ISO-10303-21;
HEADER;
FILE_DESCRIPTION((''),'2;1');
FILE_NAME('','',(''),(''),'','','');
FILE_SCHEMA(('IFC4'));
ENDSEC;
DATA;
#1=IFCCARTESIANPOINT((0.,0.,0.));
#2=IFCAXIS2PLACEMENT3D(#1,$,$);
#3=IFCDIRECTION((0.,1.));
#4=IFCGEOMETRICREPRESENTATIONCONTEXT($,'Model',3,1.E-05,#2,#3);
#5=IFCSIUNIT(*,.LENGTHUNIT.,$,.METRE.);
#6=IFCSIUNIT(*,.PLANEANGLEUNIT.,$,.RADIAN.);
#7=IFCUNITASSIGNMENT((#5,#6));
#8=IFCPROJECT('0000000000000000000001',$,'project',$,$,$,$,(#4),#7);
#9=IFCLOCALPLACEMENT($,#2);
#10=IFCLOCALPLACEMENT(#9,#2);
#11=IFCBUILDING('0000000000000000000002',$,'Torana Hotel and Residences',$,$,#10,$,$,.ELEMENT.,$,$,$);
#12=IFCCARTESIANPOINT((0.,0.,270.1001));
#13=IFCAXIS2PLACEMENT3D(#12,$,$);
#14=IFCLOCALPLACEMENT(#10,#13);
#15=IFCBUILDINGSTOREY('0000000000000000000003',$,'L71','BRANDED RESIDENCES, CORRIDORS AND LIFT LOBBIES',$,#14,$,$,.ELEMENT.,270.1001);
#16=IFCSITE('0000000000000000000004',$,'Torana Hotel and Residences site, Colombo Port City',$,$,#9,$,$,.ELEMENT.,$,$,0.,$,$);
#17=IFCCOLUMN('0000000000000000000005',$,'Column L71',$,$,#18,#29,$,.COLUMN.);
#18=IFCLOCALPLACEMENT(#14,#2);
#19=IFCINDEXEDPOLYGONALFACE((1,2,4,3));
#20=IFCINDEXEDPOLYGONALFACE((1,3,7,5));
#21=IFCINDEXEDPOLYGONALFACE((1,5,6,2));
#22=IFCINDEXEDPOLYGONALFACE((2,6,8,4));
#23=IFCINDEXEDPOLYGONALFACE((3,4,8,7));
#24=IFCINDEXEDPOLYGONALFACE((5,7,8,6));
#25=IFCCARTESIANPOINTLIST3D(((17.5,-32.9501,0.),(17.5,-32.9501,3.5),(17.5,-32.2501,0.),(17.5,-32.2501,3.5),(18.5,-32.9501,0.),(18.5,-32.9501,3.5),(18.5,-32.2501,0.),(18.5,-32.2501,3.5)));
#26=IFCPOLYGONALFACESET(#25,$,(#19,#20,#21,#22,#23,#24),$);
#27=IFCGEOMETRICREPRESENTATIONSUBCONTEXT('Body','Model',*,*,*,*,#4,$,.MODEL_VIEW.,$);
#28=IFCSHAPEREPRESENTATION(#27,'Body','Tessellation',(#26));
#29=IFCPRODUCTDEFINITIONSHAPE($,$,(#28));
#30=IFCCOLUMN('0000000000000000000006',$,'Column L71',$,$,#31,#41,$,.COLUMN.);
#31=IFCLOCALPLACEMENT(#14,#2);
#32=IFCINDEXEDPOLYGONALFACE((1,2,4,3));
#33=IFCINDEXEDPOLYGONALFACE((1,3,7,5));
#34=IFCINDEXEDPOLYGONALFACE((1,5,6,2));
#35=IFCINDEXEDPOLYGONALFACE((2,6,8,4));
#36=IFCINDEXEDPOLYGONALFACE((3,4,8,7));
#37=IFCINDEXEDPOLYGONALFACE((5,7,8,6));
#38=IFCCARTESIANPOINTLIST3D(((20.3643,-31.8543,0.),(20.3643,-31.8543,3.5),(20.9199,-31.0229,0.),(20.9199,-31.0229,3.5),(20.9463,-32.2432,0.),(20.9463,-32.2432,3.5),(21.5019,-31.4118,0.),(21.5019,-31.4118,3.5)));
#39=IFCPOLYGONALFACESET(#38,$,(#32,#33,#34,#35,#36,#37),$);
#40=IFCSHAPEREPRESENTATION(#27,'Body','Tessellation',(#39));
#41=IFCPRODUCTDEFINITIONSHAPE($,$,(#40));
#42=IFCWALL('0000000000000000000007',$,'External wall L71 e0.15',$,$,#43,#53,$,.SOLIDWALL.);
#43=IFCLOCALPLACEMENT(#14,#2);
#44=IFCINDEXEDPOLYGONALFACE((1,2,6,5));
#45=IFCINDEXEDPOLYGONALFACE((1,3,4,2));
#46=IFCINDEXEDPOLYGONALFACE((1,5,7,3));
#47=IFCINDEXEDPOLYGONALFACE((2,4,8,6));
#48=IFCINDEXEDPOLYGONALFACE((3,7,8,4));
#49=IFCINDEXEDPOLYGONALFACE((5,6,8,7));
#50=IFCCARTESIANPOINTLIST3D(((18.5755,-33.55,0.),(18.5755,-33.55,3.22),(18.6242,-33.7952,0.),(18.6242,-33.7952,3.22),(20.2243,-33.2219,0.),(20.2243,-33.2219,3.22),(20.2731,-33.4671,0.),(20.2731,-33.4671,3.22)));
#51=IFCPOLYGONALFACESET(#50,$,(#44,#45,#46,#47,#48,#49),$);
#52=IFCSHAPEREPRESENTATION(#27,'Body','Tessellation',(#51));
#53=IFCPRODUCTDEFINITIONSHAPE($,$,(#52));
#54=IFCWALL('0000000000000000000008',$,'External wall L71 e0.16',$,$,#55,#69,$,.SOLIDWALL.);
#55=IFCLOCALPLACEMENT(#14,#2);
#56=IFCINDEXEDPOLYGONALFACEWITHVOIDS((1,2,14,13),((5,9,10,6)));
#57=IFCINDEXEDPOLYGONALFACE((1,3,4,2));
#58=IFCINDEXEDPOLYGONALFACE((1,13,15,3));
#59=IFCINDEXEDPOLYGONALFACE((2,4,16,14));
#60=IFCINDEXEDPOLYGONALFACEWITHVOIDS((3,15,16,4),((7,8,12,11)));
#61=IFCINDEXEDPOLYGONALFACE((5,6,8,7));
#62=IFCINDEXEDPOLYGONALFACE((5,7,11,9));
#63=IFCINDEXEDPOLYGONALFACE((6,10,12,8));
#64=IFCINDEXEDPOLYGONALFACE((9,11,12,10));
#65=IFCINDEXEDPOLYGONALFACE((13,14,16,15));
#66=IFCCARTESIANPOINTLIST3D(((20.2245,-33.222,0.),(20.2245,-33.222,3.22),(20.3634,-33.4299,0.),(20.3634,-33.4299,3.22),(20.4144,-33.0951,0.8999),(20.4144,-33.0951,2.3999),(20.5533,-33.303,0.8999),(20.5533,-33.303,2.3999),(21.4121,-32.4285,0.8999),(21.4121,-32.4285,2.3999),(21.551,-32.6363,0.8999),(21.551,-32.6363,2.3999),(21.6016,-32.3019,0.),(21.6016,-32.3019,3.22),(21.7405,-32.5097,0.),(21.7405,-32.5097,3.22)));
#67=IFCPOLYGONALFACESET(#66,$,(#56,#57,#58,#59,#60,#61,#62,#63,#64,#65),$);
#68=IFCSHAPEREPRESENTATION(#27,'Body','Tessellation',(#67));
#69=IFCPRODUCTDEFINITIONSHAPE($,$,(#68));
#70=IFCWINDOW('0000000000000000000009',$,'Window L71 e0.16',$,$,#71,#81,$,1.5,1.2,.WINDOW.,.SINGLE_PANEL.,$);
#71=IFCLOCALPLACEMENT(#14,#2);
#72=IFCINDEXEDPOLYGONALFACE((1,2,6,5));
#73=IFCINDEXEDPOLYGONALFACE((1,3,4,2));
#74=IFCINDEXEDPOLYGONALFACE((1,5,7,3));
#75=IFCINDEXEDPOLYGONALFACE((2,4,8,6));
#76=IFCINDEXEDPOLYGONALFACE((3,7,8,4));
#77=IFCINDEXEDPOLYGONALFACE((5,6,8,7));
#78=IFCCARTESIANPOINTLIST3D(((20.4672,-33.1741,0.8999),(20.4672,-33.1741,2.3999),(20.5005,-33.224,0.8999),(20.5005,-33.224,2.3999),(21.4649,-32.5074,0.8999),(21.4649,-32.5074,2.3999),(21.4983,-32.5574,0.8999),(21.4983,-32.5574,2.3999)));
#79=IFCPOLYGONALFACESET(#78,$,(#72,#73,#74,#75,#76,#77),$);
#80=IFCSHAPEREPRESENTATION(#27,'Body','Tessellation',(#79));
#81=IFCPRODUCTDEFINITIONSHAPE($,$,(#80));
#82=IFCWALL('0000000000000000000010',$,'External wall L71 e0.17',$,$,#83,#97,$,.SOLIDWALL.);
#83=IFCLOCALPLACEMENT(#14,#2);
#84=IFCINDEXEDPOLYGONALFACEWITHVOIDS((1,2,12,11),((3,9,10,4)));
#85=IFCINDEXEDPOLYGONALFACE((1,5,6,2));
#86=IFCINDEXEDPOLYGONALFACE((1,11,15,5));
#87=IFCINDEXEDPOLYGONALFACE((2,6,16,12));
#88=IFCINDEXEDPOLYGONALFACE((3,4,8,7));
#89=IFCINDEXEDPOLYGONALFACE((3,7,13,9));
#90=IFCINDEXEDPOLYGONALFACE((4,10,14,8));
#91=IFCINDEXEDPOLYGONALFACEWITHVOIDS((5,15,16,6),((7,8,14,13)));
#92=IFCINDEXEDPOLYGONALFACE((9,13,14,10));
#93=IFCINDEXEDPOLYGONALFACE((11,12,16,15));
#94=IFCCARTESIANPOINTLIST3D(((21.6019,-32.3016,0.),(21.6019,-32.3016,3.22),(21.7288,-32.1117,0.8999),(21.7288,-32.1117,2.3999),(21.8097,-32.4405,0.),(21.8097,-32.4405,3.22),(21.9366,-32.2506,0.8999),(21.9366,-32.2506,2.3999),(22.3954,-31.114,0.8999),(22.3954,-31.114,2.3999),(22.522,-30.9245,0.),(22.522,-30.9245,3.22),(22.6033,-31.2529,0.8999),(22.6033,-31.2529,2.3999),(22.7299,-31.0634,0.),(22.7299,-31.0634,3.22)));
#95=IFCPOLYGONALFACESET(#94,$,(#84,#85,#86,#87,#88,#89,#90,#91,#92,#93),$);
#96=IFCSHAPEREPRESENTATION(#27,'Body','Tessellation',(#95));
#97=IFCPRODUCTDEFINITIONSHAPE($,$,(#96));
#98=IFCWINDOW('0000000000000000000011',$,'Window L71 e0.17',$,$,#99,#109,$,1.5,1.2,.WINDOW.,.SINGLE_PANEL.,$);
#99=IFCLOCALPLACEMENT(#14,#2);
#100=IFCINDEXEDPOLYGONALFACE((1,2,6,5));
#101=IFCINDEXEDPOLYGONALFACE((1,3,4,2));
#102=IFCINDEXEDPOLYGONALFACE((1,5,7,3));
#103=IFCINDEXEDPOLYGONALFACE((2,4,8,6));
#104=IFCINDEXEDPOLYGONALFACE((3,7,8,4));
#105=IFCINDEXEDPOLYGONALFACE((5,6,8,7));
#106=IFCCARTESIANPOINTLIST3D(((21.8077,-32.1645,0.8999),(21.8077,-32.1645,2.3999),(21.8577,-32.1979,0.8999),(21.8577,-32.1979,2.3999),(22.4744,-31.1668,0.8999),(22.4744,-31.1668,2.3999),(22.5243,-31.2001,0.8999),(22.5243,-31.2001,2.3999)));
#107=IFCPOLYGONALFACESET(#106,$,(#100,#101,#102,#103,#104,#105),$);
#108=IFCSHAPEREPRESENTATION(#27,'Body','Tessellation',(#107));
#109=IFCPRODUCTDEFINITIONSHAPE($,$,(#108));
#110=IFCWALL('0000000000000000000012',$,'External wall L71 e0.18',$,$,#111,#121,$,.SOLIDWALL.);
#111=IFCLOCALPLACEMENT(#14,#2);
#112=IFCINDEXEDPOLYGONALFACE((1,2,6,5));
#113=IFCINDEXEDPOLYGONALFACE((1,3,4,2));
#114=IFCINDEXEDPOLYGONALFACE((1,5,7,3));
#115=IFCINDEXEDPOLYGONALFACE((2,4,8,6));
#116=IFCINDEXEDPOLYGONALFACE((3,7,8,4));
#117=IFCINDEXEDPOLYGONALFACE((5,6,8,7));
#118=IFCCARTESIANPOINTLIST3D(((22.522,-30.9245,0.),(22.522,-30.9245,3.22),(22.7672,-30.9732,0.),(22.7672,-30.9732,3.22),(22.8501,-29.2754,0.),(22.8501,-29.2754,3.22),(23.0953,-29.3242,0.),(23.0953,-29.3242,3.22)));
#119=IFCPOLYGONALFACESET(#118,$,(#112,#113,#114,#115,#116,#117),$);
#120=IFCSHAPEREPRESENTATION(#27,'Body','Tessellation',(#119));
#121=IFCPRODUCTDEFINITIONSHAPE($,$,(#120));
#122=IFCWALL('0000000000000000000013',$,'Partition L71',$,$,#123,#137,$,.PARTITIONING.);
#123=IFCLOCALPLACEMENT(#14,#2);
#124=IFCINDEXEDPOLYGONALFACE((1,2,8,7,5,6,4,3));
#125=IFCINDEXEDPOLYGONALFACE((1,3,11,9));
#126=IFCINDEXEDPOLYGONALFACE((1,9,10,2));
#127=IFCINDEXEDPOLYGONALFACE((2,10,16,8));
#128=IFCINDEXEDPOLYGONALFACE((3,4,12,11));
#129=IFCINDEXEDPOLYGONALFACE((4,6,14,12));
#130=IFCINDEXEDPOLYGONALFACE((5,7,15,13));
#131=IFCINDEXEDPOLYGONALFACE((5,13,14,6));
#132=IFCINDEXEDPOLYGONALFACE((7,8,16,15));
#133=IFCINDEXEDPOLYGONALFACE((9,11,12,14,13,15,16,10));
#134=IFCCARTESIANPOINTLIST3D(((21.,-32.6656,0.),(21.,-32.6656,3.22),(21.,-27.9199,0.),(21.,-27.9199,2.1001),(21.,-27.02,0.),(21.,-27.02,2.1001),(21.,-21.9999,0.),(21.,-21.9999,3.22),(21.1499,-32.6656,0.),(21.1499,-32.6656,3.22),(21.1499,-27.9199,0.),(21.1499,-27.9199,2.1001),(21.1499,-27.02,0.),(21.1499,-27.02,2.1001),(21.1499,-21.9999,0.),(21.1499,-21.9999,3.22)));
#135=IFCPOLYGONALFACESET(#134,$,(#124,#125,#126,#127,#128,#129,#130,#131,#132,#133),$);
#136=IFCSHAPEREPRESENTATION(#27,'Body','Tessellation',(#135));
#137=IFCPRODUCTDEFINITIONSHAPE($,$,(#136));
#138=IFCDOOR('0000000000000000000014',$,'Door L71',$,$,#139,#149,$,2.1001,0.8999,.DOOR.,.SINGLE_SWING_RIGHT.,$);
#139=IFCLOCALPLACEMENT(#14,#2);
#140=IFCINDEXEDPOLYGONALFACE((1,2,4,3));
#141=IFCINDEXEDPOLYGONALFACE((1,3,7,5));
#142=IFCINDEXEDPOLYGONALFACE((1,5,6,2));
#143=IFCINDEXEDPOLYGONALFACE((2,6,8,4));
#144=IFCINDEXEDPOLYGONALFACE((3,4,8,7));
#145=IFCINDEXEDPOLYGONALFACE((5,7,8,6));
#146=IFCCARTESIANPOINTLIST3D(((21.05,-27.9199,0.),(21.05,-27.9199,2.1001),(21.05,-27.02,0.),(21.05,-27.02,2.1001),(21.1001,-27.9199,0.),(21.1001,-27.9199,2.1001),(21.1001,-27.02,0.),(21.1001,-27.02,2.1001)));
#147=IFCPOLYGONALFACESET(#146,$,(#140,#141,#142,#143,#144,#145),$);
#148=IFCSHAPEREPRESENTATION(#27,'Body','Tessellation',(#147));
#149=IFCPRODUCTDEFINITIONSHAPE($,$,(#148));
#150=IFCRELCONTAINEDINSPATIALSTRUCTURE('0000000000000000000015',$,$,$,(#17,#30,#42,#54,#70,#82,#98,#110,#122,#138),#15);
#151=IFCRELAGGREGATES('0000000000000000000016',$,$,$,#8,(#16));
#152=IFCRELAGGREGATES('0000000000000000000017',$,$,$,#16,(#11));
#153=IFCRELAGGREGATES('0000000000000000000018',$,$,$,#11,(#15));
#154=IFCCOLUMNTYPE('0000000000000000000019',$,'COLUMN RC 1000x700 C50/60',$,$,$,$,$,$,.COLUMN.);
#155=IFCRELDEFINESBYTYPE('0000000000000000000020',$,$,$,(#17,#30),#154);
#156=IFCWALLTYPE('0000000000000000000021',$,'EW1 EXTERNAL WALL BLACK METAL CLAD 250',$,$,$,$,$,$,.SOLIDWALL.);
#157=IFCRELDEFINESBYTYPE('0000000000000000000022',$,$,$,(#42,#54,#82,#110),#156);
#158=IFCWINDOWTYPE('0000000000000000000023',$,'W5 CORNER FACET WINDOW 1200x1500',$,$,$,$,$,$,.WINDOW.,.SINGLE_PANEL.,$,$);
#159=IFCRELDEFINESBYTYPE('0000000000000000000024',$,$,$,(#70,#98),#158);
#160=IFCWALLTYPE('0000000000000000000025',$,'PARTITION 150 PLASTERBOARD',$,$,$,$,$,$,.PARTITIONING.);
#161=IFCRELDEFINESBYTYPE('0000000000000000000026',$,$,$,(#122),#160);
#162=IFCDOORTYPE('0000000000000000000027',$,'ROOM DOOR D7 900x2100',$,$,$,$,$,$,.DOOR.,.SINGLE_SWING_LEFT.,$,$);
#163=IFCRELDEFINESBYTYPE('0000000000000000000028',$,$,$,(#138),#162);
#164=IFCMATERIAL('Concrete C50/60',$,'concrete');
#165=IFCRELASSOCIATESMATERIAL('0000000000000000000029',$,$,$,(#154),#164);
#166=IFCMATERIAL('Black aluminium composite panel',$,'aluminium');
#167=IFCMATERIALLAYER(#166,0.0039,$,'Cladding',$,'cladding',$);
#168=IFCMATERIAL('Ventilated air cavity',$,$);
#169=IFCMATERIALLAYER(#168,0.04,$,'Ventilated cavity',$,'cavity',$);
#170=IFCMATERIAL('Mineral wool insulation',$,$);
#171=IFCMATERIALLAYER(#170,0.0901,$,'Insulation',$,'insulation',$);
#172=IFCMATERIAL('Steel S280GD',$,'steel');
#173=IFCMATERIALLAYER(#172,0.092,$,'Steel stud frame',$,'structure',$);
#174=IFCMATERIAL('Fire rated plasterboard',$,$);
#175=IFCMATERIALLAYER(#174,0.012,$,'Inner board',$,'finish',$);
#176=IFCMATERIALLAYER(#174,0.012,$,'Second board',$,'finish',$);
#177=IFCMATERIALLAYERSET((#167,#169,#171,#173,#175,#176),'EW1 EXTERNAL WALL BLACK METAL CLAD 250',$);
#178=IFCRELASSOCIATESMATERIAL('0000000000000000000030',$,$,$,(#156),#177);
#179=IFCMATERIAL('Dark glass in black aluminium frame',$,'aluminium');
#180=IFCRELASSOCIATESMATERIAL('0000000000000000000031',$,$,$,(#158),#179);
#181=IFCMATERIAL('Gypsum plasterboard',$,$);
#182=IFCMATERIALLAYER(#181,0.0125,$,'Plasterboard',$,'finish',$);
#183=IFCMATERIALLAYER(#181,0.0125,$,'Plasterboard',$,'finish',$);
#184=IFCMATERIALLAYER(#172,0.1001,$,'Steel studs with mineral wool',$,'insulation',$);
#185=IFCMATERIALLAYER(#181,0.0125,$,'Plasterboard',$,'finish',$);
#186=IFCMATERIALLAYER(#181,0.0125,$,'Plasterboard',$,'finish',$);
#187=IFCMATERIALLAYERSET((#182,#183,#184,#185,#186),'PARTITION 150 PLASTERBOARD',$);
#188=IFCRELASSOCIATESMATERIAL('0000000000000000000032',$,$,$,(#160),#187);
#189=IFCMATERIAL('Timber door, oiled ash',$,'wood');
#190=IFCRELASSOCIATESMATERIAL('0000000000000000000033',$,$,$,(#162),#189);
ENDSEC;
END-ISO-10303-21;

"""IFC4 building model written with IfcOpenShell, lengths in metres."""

from ifc_helpers import new_model, si_unit, direction, frame, frame_2d, origin, origin_2d, place, context, subcontext, project, spatial, rectangle, extrude, material, layer, layer_set, material_profile, profile_set, type_object, element, fill, save


model = new_model("IFC4")

# Units and contexts
model_context = context("Model", 3, precision=1e-05, world=origin(), true_north=direction((0.0, 1.0)))
body_context = subcontext(model_context, "Body", "Model", "MODEL_VIEW")
ifc_project = project(units=[si_unit("LENGTHUNIT", "METRE"), si_unit("PLANEANGLEUNIT", "RADIAN")], contexts=[model_context])

# Site, building, storey
site_placement = place(None, origin())
site = spatial("IfcSite", under=ifc_project, at=site_placement, Name="Torana Hotel and Residences site, Colombo Port City", CompositionType="ELEMENT", RefElevation=0.0)
building_placement = place(site_placement, origin())
building = spatial("IfcBuilding", under=site, at=building_placement, Name="Torana Hotel and Residences", CompositionType="ELEMENT")
storey_placement = place(building_placement, frame((0.0, 0.0, 270.1001)))
storey = spatial("IfcBuildingStorey", under=building, at=storey_placement, Name="L71", Description="BRANDED RESIDENCES, CORRIDORS AND LIFT LOBBIES", CompositionType="ELEMENT", Elevation=270.1001)

# Columns
ifc_material_1 = material(Name="Concrete C50/60", Category="concrete")
ifc_material_profile = material_profile(ifc_material_1, rectangle(XDim=1.0, YDim=0.7, at=origin_2d()), Name="RC 1000x700")
ifc_profile_set = profile_set([ifc_material_profile], Name="Concrete C50/60")
column_type = type_object("IfcColumnType", Name="COLUMN RC 1000x700 C50/60", PredefinedType="COLUMN", material=ifc_profile_set)
for number, where, z_axis, x_axis, name in (
    (1, (18.0, -32.6001, 0.0), (0.0, 0.0, 1.0), (1.0, 0.0, 0.0), "Column L71"),
    (2, (20.9331, -31.6331, 0.0), (0.0, 0.0, 1.0), (0.555585, 0.83146, 0.0), "Column L71"),
):
    element("IfcColumn", number, at=place(storey_placement, frame(where, z_axis=z_axis, x_axis=x_axis)), inside=storey, type_object=column_type, Name=name, PredefinedType="COLUMN", context=body_context, shape_type="SweptSolid", body=[
        extrude(rectangle(XDim=1.0, YDim=0.7, at=origin_2d()), origin(), (0.0, 0.0, 1.0), 3.5),
    ])

# Wall
ifc_material_2 = material(Name="Black aluminium composite panel", Category="aluminium")
ifc_layer_1 = layer(ifc_material_2, 0.0039, Name="Cladding", Category="cladding")
ifc_material_3 = material(Name="Ventilated air cavity")
ifc_layer_2 = layer(ifc_material_3, 0.04, Name="Ventilated cavity", Category="cavity")
ifc_material_4 = material(Name="Mineral wool insulation")
ifc_layer_3 = layer(ifc_material_4, 0.0901, Name="Insulation", Category="insulation")
ifc_material_5 = material(Name="Steel S280GD", Category="steel")
ifc_layer_4 = layer(ifc_material_5, 0.092, Name="Steel stud frame", Category="structure")
ifc_material_6 = material(Name="Fire rated plasterboard")
ifc_layer_5 = layer(ifc_material_6, 0.012, Name="Inner board", Category="finish")
ifc_layer_6 = layer(ifc_material_6, 0.012, Name="Second board", Category="finish")
ifc_layer_set_1 = layer_set([ifc_layer_1, ifc_layer_2, ifc_layer_3, ifc_layer_4, ifc_layer_5, ifc_layer_6], Name="EW1 EXTERNAL WALL BLACK METAL CLAD 250")
wall_type_1 = type_object("IfcWallType", Name="EW1 EXTERNAL WALL BLACK METAL CLAD 250", PredefinedType="SOLIDWALL", material=ifc_layer_set_1)
wall_1_placement = place(storey_placement, frame((18.5999, -33.6726, 0.0), z_axis=(0.0, 0.0, 1.0), x_axis=(0.98077, 0.195167, 0.0)))
element("IfcWall", 3, at=wall_1_placement, inside=storey, type_object=wall_type_1, Name="External wall L71 e0.15", PredefinedType="SOLIDWALL", context=body_context, shape_type="SweptSolid", body=[
    extrude(rectangle(XDim=1.6812, YDim=0.25, at=frame_2d((0.8406, 0.0))), origin(), (0.0, 0.0, 1.0), 3.22),
])

# Walls, openings, windows
wall_2_placement = place(storey_placement, frame((20.2939, -33.3259, 0.0), z_axis=(0.0, 0.0, 1.0), x_axis=(0.831483, 0.55555, 0.0)))
wall_2 = element("IfcWall", 4, at=wall_2_placement, inside=storey, type_object=wall_type_1, Name="External wall L71 e0.16", PredefinedType="SOLIDWALL", context=body_context, shape_type="SweptSolid", body=[
    extrude(rectangle(XDim=1.6562, YDim=0.25, at=frame_2d((0.8281, 0.0))), origin(), (0.0, 0.0, 1.0), 3.22),
])
opening_1_placement = place(wall_2_placement, frame((0.2283, 0.0, 0.8999)))
opening_1 = element("IfcOpeningElement", 5, at=opening_1_placement, cuts=wall_2, PredefinedType="OPENING", context=body_context, shape_type="SweptSolid", body=[
    extrude(rectangle(XDim=1.2, YDim=1.5, at=frame_2d((0.6001, 0.75))), frame((0.0, 0.135, 0.0), z_axis=(0.0, -1.0, 0.0), x_axis=(1.0, 0.0, 0.0)), (0.0, 0.0, 1.0), 0.27),
])
ifc_material_7 = material(Name="Dark glass in black aluminium frame", Category="aluminium")
window_type_1 = type_object("IfcWindowType", Name="W5 CORNER FACET WINDOW 1200x1500", PartitioningType="SINGLE_PANEL", PredefinedType="WINDOW", material=ifc_material_7)
window_1_placement = place(opening_1_placement, origin())
window_1 = element("IfcWindow", 6, at=window_1_placement, inside=storey, type_object=window_type_1, Name="Window L71 e0.16", OverallHeight=1.5, OverallWidth=1.2, PartitioningType="SINGLE_PANEL", PredefinedType="WINDOW", context=body_context, shape_type="SweptSolid", body=[
    extrude(rectangle(XDim=1.2, YDim=1.5, at=frame_2d((0.6001, 0.75))), frame((0.0, 0.03, 0.0), z_axis=(0.0, -1.0, 0.0), x_axis=(1.0, 0.0, 0.0)), (0.0, 0.0, 1.0), 0.0601),
])
fill(opening_1, window_1)
wall_3_placement = place(storey_placement, frame((21.7058, -32.3711, 0.0), z_axis=(0.0, 0.0, 1.0), x_axis=(0.55555, 0.831483, 0.0)))
wall_3 = element("IfcWall", 7, at=wall_3_placement, inside=storey, type_object=wall_type_1, Name="External wall L71 e0.17", PredefinedType="SOLIDWALL", context=body_context, shape_type="SweptSolid", body=[
    extrude(rectangle(XDim=1.6562, YDim=0.25, at=frame_2d((0.8281, 0.0))), origin(), (0.0, 0.0, 1.0), 3.22),
])
opening_2_placement = place(wall_3_placement, frame((0.2283, 0.0, 0.8999)))
opening_2 = element("IfcOpeningElement", 8, at=opening_2_placement, cuts=wall_3, PredefinedType="OPENING", context=body_context, shape_type="SweptSolid", body=[
    extrude(rectangle(XDim=1.2, YDim=1.5, at=frame_2d((0.6001, 0.75))), frame((0.0, 0.135, 0.0), z_axis=(0.0, -1.0, 0.0), x_axis=(1.0, 0.0, 0.0)), (0.0, 0.0, 1.0), 0.27),
])
window_2_placement = place(opening_2_placement, origin())
window_2 = element("IfcWindow", 9, at=window_2_placement, inside=storey, type_object=window_type_1, Name="Window L71 e0.17", OverallHeight=1.5, OverallWidth=1.2, PartitioningType="SINGLE_PANEL", PredefinedType="WINDOW", context=body_context, shape_type="SweptSolid", body=[
    extrude(rectangle(XDim=1.2, YDim=1.5, at=frame_2d((0.6001, 0.75))), frame((0.0, 0.03, 0.0), z_axis=(0.0, -1.0, 0.0), x_axis=(1.0, 0.0, 0.0)), (0.0, 0.0, 1.0), 0.0601),
])
fill(opening_2, window_2)

# Wall
wall_4_placement = place(storey_placement, frame((22.6445, -30.949, 0.0), z_axis=(0.0, 0.0, 1.0), x_axis=(0.195139, 0.980776, 0.0)))
element("IfcWall", 10, at=wall_4_placement, inside=storey, type_object=wall_type_1, Name="External wall L71 e0.18", PredefinedType="SOLIDWALL", context=body_context, shape_type="SweptSolid", body=[
    extrude(rectangle(XDim=1.6814, YDim=0.25, at=frame_2d((0.8408, 0.0))), origin(), (0.0, 0.0, 1.0), 3.22),
])

# Wall, opening, door
ifc_material_8 = material(Name="Gypsum plasterboard")
ifc_layer_7 = layer(ifc_material_8, 0.0125, Name="Plasterboard", Category="finish")
ifc_layer_8 = layer(ifc_material_8, 0.0125, Name="Plasterboard", Category="finish")
ifc_layer_9 = layer(ifc_material_5, 0.1001, Name="Steel studs with mineral wool", Category="insulation")
ifc_layer_10 = layer(ifc_material_8, 0.0125, Name="Plasterboard", Category="finish")
ifc_layer_11 = layer(ifc_material_8, 0.0125, Name="Plasterboard", Category="finish")
ifc_layer_set_2 = layer_set([ifc_layer_7, ifc_layer_8, ifc_layer_9, ifc_layer_10, ifc_layer_11], Name="PARTITION 150 PLASTERBOARD")
wall_type_2 = type_object("IfcWallType", Name="PARTITION 150 PLASTERBOARD", PredefinedType="PARTITIONING", material=ifc_layer_set_2)
wall_5_placement = place(storey_placement, frame((21.075, -32.6658, 0.0), z_axis=(0.0, 0.0, 1.0), x_axis=(0.0, 1.0, 0.0)))
wall_5 = element("IfcWall", 11, at=wall_5_placement, inside=storey, type_object=wall_type_2, Name="Partition L71", PredefinedType="PARTITIONING", context=body_context, shape_type="SweptSolid", body=[
    extrude(rectangle(XDim=10.6658, YDim=0.1499, at=frame_2d((5.333, 0.0))), origin(), (0.0, 0.0, 1.0), 3.22),
])
opening_3_placement = place(wall_5_placement, frame((4.7458, 0.0, 0.0)))
opening_3 = element("IfcOpeningElement", 12, at=opening_3_placement, cuts=wall_5, PredefinedType="OPENING", context=body_context, shape_type="SweptSolid", body=[
    extrude(rectangle(XDim=0.8999, YDim=2.1001, at=frame_2d((0.45, 1.05))), frame((0.0, 0.085, 0.0), z_axis=(0.0, -1.0, 0.0), x_axis=(1.0, 0.0, 0.0)), (0.0, 0.0, 1.0), 0.1699),
])
ifc_material_9 = material(Name="Timber door, oiled ash", Category="wood")
door_type_1 = type_object("IfcDoorType", Name="ROOM DOOR D7 900x2100", OperationType="SINGLE_SWING_LEFT", PredefinedType="DOOR", material=ifc_material_9)
door_1_placement = place(opening_3_placement, origin())
door_1 = element("IfcDoor", 13, at=door_1_placement, inside=storey, type_object=door_type_1, Name="Door L71", OperationType="SINGLE_SWING_RIGHT", OverallHeight=2.1001, OverallWidth=0.8999, PredefinedType="DOOR", context=body_context, shape_type="SweptSolid", body=[
    extrude(rectangle(XDim=0.8999, YDim=2.1001, at=frame_2d((0.45, 1.05))), frame((0.0, 0.0249, 0.0), z_axis=(0.0, -1.0, 0.0), x_axis=(1.0, 0.0, 0.0)), (0.0, 0.0, 1.0), 0.05),
])
fill(opening_3, door_1)

save(model, "model.ifc")
